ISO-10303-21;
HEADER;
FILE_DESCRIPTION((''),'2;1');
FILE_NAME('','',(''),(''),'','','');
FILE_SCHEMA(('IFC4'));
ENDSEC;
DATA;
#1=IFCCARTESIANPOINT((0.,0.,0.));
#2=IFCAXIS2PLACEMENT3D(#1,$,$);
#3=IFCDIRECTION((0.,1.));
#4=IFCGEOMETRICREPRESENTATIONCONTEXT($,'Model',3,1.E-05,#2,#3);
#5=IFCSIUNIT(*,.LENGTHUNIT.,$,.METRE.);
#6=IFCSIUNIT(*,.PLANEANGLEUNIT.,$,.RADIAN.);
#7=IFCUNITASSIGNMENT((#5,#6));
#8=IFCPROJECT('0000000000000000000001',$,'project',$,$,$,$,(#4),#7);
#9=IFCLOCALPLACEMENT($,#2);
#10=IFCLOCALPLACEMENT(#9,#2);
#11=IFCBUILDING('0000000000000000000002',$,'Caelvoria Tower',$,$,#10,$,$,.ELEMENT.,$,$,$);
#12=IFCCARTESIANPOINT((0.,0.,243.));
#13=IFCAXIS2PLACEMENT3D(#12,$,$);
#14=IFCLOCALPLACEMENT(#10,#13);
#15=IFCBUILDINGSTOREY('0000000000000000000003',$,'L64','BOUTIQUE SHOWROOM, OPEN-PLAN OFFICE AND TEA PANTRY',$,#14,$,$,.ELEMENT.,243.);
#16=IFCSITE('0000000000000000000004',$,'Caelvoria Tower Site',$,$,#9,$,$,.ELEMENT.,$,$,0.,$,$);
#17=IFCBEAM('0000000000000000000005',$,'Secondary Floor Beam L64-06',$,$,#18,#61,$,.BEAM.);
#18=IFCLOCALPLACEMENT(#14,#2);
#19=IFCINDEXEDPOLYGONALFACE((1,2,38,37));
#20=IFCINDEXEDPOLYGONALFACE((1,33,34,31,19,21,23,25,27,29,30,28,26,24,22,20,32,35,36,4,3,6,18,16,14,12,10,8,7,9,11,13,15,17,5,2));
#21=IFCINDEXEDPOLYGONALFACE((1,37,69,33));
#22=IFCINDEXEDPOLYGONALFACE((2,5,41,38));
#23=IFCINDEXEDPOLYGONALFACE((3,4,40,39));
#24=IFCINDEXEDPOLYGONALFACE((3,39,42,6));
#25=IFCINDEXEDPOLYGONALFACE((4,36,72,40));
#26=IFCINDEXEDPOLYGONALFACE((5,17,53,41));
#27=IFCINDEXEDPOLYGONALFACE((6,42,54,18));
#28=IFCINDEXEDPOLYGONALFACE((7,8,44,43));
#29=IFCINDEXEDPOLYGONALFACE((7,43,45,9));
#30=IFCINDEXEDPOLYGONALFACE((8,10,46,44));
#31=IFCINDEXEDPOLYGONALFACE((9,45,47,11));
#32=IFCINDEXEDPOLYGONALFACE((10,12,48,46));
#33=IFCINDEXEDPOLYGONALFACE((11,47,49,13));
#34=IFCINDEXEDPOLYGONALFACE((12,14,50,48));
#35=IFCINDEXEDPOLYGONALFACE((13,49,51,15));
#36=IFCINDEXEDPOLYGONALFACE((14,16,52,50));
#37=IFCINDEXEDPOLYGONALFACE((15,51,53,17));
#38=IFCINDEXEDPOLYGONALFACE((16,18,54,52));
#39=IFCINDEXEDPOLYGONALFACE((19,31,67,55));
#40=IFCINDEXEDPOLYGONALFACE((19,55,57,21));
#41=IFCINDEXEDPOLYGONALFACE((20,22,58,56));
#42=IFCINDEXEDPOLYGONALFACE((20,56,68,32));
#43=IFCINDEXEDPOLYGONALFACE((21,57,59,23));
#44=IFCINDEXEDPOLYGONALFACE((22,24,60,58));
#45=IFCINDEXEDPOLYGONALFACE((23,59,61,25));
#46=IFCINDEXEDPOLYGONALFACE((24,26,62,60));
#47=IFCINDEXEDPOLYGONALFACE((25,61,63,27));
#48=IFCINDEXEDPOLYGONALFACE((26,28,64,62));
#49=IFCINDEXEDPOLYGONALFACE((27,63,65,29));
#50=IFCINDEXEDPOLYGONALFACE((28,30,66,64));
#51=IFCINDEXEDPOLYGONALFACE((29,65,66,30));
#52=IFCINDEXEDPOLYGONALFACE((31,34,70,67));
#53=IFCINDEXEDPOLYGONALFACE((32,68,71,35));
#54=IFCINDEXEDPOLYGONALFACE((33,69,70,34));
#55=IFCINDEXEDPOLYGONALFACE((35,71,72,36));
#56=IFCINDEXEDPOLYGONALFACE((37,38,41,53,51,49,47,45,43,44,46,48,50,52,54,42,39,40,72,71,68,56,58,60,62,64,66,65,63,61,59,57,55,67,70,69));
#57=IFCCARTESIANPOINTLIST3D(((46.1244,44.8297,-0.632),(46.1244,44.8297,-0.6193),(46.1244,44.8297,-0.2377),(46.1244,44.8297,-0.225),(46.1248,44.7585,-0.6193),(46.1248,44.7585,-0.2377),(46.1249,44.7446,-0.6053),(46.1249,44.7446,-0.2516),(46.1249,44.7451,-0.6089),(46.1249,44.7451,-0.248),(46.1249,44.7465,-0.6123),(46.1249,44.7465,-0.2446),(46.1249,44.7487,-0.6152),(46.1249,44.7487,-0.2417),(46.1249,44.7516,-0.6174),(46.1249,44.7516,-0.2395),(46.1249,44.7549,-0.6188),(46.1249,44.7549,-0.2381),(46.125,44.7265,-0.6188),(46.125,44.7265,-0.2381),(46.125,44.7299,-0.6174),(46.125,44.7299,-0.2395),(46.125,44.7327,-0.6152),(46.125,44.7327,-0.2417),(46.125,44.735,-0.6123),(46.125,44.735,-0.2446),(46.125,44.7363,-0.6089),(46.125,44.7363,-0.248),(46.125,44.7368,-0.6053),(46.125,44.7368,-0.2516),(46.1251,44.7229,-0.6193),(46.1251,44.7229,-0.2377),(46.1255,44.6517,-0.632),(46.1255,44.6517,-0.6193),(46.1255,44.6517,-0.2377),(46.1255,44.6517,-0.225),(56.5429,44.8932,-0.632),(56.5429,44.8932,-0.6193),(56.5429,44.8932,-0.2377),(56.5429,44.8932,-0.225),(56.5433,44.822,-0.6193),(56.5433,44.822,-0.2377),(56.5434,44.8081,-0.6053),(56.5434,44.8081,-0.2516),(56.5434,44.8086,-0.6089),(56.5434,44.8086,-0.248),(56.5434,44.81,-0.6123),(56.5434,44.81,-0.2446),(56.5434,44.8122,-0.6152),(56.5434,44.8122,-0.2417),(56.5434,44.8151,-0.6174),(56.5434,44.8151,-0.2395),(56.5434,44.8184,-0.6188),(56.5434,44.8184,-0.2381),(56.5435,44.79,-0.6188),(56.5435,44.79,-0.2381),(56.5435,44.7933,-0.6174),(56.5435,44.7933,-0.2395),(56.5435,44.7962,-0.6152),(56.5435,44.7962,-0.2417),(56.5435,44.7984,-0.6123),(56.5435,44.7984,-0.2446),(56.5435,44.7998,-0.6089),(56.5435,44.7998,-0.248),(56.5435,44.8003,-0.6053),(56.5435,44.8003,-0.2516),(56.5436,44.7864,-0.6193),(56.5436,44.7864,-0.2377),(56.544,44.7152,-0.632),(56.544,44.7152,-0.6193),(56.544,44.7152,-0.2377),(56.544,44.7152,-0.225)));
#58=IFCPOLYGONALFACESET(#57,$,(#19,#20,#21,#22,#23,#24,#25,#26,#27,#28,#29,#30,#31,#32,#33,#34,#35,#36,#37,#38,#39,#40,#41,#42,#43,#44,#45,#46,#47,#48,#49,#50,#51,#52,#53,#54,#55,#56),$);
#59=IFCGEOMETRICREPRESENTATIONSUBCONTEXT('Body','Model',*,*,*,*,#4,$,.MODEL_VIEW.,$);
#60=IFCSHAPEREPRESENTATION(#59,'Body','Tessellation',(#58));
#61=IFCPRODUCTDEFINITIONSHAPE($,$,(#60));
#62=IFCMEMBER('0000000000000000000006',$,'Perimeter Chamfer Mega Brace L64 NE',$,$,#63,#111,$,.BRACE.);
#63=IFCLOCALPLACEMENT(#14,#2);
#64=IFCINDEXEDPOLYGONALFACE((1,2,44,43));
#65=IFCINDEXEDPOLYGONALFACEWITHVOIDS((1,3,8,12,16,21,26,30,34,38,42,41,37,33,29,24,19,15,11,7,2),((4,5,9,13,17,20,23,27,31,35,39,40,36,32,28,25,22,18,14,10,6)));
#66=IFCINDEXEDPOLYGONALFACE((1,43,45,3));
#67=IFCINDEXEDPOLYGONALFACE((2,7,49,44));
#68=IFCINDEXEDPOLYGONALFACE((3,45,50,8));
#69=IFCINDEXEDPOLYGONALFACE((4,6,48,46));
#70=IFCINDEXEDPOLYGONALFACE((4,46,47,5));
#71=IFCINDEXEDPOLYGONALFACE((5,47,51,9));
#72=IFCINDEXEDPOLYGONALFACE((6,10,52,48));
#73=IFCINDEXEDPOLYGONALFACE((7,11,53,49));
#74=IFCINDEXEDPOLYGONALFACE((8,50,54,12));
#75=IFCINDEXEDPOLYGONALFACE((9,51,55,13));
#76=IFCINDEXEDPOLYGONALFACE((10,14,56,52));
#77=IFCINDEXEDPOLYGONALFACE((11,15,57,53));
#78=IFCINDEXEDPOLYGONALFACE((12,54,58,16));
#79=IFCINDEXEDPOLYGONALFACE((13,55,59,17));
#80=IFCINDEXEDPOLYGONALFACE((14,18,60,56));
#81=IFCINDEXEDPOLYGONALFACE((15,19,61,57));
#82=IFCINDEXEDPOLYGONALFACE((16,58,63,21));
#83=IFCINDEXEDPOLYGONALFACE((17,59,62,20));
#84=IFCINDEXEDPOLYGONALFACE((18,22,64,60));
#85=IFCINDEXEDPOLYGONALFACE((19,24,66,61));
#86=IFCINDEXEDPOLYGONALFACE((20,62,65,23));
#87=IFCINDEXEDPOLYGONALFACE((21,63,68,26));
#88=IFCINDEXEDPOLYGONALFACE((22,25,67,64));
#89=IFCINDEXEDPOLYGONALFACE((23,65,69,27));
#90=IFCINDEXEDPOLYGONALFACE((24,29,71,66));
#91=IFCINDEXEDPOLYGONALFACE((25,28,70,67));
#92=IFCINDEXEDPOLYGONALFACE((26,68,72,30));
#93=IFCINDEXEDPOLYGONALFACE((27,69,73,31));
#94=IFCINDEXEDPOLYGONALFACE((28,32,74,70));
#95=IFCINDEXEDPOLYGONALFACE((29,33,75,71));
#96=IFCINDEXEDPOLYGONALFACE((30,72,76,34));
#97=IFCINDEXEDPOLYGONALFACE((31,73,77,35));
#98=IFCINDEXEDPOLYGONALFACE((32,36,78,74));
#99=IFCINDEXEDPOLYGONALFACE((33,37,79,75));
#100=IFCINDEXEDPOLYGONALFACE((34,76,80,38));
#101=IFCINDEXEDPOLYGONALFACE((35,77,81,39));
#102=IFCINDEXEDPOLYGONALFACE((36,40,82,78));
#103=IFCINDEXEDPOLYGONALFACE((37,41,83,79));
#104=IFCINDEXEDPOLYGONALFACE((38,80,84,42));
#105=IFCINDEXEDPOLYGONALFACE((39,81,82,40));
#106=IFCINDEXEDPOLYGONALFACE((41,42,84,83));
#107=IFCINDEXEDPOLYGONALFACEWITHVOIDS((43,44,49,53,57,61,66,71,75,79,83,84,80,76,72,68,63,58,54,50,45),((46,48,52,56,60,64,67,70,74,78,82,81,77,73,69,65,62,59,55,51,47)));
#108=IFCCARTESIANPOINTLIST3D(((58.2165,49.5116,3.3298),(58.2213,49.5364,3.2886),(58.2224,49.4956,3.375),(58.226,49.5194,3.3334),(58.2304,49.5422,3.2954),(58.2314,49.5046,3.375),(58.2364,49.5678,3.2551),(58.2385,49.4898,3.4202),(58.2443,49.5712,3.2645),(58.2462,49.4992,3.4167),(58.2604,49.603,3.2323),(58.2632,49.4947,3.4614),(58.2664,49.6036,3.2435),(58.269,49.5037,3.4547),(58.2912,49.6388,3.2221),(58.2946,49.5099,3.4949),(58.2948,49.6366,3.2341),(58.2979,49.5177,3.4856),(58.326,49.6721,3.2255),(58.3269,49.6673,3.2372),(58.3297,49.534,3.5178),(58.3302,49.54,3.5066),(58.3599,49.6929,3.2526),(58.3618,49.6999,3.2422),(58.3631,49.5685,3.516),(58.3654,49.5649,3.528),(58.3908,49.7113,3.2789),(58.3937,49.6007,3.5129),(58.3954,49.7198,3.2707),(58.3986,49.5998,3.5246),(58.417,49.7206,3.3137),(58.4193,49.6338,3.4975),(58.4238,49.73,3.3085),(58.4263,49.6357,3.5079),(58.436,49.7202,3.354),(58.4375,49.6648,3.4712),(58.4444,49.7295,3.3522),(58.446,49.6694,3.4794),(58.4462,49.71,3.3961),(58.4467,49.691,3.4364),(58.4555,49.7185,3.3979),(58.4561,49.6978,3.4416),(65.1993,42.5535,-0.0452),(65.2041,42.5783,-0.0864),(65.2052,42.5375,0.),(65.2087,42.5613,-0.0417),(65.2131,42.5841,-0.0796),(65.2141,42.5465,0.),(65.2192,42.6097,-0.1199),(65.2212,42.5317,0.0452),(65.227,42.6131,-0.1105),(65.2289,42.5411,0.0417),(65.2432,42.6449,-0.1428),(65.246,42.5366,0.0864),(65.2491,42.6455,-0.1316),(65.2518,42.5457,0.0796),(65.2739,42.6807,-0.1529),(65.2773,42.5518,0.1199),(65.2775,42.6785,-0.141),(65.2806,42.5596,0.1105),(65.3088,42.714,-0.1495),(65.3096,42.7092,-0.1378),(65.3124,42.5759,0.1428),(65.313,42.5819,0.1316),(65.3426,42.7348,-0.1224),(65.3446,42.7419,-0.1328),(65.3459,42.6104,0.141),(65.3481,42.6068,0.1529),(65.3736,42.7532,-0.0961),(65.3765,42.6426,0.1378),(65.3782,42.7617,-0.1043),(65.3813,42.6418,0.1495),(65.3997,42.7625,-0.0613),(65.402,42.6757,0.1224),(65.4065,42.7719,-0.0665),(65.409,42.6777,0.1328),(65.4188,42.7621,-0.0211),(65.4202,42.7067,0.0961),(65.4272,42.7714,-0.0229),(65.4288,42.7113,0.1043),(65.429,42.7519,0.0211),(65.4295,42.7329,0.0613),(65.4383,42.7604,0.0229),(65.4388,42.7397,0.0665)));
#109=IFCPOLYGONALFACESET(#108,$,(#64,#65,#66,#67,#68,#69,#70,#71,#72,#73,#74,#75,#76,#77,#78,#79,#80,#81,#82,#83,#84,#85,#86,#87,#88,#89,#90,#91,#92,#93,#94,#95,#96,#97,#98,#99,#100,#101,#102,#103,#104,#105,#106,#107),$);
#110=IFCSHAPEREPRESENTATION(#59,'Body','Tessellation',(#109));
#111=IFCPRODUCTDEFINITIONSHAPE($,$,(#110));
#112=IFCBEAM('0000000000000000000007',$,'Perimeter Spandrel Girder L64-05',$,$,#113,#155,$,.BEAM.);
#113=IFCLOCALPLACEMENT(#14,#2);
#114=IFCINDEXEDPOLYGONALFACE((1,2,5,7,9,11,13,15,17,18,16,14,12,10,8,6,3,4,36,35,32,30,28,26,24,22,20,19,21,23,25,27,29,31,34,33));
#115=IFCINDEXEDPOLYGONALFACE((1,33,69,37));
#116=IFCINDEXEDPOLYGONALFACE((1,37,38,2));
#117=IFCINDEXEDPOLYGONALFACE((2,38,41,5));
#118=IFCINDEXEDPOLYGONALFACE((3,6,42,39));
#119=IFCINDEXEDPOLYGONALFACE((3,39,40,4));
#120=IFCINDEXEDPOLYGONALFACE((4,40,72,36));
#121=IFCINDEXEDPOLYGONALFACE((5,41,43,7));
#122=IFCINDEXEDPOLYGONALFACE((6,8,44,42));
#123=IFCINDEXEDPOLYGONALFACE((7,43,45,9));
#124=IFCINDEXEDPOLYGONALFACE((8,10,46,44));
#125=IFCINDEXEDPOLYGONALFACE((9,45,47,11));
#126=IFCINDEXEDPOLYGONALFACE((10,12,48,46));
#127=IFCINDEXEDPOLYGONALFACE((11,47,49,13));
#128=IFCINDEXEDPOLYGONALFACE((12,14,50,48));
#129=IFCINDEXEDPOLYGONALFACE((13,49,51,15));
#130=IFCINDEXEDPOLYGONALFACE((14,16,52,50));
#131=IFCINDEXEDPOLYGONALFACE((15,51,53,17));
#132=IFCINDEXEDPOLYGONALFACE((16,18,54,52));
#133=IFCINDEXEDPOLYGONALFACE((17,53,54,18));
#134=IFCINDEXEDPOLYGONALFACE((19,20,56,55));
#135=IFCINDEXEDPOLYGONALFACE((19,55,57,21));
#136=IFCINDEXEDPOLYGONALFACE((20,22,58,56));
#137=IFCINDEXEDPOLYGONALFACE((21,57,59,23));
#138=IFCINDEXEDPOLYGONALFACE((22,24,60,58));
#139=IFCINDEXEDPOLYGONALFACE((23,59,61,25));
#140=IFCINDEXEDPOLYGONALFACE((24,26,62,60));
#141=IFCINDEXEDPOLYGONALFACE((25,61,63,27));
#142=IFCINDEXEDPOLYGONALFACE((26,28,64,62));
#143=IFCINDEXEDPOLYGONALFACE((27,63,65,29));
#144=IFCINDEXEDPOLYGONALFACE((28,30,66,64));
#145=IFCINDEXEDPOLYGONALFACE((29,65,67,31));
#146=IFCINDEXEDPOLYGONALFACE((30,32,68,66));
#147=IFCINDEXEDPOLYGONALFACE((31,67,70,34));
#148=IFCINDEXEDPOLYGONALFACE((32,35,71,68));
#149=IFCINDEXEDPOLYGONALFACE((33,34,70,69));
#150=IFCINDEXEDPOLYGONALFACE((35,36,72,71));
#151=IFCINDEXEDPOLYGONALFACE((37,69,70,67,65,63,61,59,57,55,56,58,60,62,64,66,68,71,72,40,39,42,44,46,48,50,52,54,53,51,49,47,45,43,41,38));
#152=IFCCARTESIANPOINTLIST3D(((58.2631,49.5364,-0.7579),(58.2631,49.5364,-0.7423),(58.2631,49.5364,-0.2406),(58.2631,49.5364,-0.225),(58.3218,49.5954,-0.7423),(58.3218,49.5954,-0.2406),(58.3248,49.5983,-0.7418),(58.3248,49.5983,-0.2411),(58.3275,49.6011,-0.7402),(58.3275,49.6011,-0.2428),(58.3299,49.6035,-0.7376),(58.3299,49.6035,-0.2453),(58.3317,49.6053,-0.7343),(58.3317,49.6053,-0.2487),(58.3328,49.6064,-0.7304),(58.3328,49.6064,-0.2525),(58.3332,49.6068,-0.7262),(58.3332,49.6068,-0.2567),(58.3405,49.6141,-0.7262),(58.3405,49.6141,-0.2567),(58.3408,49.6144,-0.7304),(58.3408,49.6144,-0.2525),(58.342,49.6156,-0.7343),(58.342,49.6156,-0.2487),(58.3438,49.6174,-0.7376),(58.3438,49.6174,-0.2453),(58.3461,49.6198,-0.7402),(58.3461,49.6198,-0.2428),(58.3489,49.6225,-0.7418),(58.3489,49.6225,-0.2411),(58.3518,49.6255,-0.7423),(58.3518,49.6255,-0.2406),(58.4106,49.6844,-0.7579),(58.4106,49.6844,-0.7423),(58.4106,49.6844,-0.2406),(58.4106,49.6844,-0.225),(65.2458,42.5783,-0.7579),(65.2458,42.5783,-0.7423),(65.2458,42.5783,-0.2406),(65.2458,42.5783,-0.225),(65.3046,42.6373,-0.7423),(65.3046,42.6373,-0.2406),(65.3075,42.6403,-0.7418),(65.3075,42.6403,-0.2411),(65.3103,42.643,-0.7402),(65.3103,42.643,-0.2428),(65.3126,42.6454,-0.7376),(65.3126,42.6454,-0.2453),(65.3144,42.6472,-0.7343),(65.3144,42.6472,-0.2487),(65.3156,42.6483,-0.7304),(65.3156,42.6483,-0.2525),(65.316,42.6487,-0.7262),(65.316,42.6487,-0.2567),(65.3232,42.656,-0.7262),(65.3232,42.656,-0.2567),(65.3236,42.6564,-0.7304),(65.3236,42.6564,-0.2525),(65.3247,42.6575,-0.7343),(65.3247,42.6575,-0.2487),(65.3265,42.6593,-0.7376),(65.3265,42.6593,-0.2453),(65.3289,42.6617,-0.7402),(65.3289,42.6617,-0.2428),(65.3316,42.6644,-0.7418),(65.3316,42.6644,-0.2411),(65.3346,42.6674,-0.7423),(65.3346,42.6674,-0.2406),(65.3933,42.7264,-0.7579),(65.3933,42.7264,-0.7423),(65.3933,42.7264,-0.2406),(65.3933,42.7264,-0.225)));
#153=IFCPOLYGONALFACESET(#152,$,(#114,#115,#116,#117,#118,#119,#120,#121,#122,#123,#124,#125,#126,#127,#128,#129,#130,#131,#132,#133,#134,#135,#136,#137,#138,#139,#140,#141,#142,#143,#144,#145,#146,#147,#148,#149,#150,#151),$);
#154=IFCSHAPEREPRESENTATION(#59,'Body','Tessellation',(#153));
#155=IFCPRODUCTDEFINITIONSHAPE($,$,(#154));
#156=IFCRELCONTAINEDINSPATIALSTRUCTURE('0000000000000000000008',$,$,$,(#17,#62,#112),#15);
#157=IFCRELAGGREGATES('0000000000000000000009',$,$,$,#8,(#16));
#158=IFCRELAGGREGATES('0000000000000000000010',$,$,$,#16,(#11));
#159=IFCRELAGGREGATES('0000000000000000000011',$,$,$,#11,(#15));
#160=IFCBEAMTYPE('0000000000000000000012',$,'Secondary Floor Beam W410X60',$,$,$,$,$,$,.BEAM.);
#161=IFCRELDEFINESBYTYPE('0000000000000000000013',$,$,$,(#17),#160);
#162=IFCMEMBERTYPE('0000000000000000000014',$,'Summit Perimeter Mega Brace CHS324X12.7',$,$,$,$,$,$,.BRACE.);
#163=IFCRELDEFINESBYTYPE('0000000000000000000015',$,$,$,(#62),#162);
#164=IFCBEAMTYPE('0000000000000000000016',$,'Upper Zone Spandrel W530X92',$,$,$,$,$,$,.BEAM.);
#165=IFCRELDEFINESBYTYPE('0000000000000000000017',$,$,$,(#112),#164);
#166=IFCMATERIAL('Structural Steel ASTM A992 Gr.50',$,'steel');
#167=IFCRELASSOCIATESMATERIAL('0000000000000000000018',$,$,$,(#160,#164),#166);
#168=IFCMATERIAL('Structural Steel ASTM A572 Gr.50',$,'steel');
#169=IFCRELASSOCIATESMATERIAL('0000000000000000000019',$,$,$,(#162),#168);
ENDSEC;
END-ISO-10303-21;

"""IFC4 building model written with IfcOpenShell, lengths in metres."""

from ifc_helpers import new_model, si_unit, direction, frame, origin, origin_2d, place, context, subcontext, project, spatial, hollow_circle, i_section, extrude, material, material_profile, profile_set, type_object, element, save


model = new_model("IFC4")

# Units and contexts
model_context = context("Model", 3, precision=1e-05, world=origin(), true_north=direction((0.0, 1.0)))
body_context = subcontext(model_context, "Body", "Model", "MODEL_VIEW")
ifc_project = project(units=[si_unit("LENGTHUNIT", "METRE"), si_unit("PLANEANGLEUNIT", "RADIAN")], contexts=[model_context])

# Site, building, storey
site_placement = place(None, origin())
site = spatial("IfcSite", under=ifc_project, at=site_placement, Name="Caelvoria Tower Site", CompositionType="ELEMENT", RefElevation=0.0)
building_placement = place(site_placement, origin())
building = spatial("IfcBuilding", under=site, at=building_placement, Name="Caelvoria Tower", CompositionType="ELEMENT")
storey_placement = place(building_placement, frame((0.0, 0.0, 243.0)))
storey = spatial("IfcBuildingStorey", under=building, at=storey_placement, Name="L64", Description="BOUTIQUE SHOWROOM, OPEN-PLAN OFFICE AND TEA PANTRY", CompositionType="ELEMENT", Elevation=243.0)

# Shared definitions
ifc_material_1 = material(Name="Structural Steel ASTM A572 Gr.50", Category="steel")

# Beam
ifc_material_2 = material(Name="Structural Steel ASTM A992 Gr.50", Category="steel")
ifc_material_profile_1 = material_profile(ifc_material_2, i_section(OverallWidth=0.178, OverallDepth=0.407, WebThickness=0.0078, FlangeThickness=0.0127, FilletRadius=0.0139, at=origin_2d()), Name="Structural Steel ASTM A992 Gr.50")
ifc_profile_set_1 = profile_set([ifc_material_profile_1], Name="W410X60 - Structural Steel ASTM A992 Gr.50")
beam_type_1 = type_object("IfcBeamType", Name="Secondary Floor Beam W410X60", PredefinedType="BEAM", material=ifc_profile_set_1)
beam_1_placement = place(storey_placement, frame((56.5435, 44.8042, -0.4285), z_axis=(-0.999981, -0.006093, 0.0), x_axis=(0.006093, -0.999981, 0.0)))
element("IfcBeam", 1, at=beam_1_placement, inside=storey, type_object=beam_type_1, Name="Secondary Floor Beam L64-06", PredefinedType="BEAM", context=body_context, shape_type="SweptSolid", body=[
    extrude(i_section(OverallWidth=0.178, OverallDepth=0.407, WebThickness=0.0078, FlangeThickness=0.0127, FilletRadius=0.0139, at=origin_2d()), origin(), (0.0, 0.0, 1.0), 10.4187),
])

# Member
ifc_material_profile_2 = material_profile(ifc_material_1, hollow_circle(Radius=0.1621, WallThickness=0.0127, at=origin_2d()), Name="Structural Steel ASTM A572 Gr.50")
ifc_profile_set_2 = profile_set([ifc_material_profile_2], Name="CHS324X12.7 - Structural Steel ASTM A572 Gr.50")
member_type = type_object("IfcMemberType", Name="Summit Perimeter Mega Brace CHS324X12.7", PredefinedType="BRACE", material=ifc_profile_set_2)
member_placement = place(storey_placement, frame((65.3196, 42.6523, 0.0), z_axis=(-0.670166, 0.667799, 0.323918), x_axis=(-0.705855, -0.708356, 0.0)))
element("IfcMember", 2, at=member_placement, inside=storey, type_object=member_type, Name="Perimeter Chamfer Mega Brace L64 NE", PredefinedType="BRACE", context=body_context, shape_type="SweptSolid", body=[
    extrude(hollow_circle(Radius=0.1621, WallThickness=0.0127, at=origin_2d()), origin(), (0.0, 0.0, 1.0), 10.4194),
])

# Beam
ifc_material_profile_3 = material_profile(ifc_material_2, i_section(OverallWidth=0.209, OverallDepth=0.533, WebThickness=0.0103, FlangeThickness=0.0156, FilletRadius=0.0161, at=origin_2d()), Name="Structural Steel ASTM A992 Gr.50")
ifc_profile_set_3 = profile_set([ifc_material_profile_3], Name="W530X92 - Structural Steel ASTM A992 Gr.50")
beam_type_2 = type_object("IfcBeamType", Name="Upper Zone Spandrel W530X92", PredefinedType="BEAM", material=ifc_profile_set_3)
beam_2_placement = place(storey_placement, frame((65.3196, 42.6523, -0.4915), z_axis=(-0.708356, 0.705855, 0.0), x_axis=(-0.705855, -0.708356, 0.0)))
element("IfcBeam", 3, at=beam_2_placement, inside=storey, type_object=beam_type_2, Name="Perimeter Spandrel Girder L64-05", PredefinedType="BEAM", context=body_context, shape_type="SweptSolid", body=[
    extrude(i_section(OverallWidth=0.209, OverallDepth=0.533, WebThickness=0.0103, FlangeThickness=0.0156, FilletRadius=0.0161, at=origin_2d()), origin(), (0.0, 0.0, 1.0), 9.8577),
])

save(model, "model.ifc")
